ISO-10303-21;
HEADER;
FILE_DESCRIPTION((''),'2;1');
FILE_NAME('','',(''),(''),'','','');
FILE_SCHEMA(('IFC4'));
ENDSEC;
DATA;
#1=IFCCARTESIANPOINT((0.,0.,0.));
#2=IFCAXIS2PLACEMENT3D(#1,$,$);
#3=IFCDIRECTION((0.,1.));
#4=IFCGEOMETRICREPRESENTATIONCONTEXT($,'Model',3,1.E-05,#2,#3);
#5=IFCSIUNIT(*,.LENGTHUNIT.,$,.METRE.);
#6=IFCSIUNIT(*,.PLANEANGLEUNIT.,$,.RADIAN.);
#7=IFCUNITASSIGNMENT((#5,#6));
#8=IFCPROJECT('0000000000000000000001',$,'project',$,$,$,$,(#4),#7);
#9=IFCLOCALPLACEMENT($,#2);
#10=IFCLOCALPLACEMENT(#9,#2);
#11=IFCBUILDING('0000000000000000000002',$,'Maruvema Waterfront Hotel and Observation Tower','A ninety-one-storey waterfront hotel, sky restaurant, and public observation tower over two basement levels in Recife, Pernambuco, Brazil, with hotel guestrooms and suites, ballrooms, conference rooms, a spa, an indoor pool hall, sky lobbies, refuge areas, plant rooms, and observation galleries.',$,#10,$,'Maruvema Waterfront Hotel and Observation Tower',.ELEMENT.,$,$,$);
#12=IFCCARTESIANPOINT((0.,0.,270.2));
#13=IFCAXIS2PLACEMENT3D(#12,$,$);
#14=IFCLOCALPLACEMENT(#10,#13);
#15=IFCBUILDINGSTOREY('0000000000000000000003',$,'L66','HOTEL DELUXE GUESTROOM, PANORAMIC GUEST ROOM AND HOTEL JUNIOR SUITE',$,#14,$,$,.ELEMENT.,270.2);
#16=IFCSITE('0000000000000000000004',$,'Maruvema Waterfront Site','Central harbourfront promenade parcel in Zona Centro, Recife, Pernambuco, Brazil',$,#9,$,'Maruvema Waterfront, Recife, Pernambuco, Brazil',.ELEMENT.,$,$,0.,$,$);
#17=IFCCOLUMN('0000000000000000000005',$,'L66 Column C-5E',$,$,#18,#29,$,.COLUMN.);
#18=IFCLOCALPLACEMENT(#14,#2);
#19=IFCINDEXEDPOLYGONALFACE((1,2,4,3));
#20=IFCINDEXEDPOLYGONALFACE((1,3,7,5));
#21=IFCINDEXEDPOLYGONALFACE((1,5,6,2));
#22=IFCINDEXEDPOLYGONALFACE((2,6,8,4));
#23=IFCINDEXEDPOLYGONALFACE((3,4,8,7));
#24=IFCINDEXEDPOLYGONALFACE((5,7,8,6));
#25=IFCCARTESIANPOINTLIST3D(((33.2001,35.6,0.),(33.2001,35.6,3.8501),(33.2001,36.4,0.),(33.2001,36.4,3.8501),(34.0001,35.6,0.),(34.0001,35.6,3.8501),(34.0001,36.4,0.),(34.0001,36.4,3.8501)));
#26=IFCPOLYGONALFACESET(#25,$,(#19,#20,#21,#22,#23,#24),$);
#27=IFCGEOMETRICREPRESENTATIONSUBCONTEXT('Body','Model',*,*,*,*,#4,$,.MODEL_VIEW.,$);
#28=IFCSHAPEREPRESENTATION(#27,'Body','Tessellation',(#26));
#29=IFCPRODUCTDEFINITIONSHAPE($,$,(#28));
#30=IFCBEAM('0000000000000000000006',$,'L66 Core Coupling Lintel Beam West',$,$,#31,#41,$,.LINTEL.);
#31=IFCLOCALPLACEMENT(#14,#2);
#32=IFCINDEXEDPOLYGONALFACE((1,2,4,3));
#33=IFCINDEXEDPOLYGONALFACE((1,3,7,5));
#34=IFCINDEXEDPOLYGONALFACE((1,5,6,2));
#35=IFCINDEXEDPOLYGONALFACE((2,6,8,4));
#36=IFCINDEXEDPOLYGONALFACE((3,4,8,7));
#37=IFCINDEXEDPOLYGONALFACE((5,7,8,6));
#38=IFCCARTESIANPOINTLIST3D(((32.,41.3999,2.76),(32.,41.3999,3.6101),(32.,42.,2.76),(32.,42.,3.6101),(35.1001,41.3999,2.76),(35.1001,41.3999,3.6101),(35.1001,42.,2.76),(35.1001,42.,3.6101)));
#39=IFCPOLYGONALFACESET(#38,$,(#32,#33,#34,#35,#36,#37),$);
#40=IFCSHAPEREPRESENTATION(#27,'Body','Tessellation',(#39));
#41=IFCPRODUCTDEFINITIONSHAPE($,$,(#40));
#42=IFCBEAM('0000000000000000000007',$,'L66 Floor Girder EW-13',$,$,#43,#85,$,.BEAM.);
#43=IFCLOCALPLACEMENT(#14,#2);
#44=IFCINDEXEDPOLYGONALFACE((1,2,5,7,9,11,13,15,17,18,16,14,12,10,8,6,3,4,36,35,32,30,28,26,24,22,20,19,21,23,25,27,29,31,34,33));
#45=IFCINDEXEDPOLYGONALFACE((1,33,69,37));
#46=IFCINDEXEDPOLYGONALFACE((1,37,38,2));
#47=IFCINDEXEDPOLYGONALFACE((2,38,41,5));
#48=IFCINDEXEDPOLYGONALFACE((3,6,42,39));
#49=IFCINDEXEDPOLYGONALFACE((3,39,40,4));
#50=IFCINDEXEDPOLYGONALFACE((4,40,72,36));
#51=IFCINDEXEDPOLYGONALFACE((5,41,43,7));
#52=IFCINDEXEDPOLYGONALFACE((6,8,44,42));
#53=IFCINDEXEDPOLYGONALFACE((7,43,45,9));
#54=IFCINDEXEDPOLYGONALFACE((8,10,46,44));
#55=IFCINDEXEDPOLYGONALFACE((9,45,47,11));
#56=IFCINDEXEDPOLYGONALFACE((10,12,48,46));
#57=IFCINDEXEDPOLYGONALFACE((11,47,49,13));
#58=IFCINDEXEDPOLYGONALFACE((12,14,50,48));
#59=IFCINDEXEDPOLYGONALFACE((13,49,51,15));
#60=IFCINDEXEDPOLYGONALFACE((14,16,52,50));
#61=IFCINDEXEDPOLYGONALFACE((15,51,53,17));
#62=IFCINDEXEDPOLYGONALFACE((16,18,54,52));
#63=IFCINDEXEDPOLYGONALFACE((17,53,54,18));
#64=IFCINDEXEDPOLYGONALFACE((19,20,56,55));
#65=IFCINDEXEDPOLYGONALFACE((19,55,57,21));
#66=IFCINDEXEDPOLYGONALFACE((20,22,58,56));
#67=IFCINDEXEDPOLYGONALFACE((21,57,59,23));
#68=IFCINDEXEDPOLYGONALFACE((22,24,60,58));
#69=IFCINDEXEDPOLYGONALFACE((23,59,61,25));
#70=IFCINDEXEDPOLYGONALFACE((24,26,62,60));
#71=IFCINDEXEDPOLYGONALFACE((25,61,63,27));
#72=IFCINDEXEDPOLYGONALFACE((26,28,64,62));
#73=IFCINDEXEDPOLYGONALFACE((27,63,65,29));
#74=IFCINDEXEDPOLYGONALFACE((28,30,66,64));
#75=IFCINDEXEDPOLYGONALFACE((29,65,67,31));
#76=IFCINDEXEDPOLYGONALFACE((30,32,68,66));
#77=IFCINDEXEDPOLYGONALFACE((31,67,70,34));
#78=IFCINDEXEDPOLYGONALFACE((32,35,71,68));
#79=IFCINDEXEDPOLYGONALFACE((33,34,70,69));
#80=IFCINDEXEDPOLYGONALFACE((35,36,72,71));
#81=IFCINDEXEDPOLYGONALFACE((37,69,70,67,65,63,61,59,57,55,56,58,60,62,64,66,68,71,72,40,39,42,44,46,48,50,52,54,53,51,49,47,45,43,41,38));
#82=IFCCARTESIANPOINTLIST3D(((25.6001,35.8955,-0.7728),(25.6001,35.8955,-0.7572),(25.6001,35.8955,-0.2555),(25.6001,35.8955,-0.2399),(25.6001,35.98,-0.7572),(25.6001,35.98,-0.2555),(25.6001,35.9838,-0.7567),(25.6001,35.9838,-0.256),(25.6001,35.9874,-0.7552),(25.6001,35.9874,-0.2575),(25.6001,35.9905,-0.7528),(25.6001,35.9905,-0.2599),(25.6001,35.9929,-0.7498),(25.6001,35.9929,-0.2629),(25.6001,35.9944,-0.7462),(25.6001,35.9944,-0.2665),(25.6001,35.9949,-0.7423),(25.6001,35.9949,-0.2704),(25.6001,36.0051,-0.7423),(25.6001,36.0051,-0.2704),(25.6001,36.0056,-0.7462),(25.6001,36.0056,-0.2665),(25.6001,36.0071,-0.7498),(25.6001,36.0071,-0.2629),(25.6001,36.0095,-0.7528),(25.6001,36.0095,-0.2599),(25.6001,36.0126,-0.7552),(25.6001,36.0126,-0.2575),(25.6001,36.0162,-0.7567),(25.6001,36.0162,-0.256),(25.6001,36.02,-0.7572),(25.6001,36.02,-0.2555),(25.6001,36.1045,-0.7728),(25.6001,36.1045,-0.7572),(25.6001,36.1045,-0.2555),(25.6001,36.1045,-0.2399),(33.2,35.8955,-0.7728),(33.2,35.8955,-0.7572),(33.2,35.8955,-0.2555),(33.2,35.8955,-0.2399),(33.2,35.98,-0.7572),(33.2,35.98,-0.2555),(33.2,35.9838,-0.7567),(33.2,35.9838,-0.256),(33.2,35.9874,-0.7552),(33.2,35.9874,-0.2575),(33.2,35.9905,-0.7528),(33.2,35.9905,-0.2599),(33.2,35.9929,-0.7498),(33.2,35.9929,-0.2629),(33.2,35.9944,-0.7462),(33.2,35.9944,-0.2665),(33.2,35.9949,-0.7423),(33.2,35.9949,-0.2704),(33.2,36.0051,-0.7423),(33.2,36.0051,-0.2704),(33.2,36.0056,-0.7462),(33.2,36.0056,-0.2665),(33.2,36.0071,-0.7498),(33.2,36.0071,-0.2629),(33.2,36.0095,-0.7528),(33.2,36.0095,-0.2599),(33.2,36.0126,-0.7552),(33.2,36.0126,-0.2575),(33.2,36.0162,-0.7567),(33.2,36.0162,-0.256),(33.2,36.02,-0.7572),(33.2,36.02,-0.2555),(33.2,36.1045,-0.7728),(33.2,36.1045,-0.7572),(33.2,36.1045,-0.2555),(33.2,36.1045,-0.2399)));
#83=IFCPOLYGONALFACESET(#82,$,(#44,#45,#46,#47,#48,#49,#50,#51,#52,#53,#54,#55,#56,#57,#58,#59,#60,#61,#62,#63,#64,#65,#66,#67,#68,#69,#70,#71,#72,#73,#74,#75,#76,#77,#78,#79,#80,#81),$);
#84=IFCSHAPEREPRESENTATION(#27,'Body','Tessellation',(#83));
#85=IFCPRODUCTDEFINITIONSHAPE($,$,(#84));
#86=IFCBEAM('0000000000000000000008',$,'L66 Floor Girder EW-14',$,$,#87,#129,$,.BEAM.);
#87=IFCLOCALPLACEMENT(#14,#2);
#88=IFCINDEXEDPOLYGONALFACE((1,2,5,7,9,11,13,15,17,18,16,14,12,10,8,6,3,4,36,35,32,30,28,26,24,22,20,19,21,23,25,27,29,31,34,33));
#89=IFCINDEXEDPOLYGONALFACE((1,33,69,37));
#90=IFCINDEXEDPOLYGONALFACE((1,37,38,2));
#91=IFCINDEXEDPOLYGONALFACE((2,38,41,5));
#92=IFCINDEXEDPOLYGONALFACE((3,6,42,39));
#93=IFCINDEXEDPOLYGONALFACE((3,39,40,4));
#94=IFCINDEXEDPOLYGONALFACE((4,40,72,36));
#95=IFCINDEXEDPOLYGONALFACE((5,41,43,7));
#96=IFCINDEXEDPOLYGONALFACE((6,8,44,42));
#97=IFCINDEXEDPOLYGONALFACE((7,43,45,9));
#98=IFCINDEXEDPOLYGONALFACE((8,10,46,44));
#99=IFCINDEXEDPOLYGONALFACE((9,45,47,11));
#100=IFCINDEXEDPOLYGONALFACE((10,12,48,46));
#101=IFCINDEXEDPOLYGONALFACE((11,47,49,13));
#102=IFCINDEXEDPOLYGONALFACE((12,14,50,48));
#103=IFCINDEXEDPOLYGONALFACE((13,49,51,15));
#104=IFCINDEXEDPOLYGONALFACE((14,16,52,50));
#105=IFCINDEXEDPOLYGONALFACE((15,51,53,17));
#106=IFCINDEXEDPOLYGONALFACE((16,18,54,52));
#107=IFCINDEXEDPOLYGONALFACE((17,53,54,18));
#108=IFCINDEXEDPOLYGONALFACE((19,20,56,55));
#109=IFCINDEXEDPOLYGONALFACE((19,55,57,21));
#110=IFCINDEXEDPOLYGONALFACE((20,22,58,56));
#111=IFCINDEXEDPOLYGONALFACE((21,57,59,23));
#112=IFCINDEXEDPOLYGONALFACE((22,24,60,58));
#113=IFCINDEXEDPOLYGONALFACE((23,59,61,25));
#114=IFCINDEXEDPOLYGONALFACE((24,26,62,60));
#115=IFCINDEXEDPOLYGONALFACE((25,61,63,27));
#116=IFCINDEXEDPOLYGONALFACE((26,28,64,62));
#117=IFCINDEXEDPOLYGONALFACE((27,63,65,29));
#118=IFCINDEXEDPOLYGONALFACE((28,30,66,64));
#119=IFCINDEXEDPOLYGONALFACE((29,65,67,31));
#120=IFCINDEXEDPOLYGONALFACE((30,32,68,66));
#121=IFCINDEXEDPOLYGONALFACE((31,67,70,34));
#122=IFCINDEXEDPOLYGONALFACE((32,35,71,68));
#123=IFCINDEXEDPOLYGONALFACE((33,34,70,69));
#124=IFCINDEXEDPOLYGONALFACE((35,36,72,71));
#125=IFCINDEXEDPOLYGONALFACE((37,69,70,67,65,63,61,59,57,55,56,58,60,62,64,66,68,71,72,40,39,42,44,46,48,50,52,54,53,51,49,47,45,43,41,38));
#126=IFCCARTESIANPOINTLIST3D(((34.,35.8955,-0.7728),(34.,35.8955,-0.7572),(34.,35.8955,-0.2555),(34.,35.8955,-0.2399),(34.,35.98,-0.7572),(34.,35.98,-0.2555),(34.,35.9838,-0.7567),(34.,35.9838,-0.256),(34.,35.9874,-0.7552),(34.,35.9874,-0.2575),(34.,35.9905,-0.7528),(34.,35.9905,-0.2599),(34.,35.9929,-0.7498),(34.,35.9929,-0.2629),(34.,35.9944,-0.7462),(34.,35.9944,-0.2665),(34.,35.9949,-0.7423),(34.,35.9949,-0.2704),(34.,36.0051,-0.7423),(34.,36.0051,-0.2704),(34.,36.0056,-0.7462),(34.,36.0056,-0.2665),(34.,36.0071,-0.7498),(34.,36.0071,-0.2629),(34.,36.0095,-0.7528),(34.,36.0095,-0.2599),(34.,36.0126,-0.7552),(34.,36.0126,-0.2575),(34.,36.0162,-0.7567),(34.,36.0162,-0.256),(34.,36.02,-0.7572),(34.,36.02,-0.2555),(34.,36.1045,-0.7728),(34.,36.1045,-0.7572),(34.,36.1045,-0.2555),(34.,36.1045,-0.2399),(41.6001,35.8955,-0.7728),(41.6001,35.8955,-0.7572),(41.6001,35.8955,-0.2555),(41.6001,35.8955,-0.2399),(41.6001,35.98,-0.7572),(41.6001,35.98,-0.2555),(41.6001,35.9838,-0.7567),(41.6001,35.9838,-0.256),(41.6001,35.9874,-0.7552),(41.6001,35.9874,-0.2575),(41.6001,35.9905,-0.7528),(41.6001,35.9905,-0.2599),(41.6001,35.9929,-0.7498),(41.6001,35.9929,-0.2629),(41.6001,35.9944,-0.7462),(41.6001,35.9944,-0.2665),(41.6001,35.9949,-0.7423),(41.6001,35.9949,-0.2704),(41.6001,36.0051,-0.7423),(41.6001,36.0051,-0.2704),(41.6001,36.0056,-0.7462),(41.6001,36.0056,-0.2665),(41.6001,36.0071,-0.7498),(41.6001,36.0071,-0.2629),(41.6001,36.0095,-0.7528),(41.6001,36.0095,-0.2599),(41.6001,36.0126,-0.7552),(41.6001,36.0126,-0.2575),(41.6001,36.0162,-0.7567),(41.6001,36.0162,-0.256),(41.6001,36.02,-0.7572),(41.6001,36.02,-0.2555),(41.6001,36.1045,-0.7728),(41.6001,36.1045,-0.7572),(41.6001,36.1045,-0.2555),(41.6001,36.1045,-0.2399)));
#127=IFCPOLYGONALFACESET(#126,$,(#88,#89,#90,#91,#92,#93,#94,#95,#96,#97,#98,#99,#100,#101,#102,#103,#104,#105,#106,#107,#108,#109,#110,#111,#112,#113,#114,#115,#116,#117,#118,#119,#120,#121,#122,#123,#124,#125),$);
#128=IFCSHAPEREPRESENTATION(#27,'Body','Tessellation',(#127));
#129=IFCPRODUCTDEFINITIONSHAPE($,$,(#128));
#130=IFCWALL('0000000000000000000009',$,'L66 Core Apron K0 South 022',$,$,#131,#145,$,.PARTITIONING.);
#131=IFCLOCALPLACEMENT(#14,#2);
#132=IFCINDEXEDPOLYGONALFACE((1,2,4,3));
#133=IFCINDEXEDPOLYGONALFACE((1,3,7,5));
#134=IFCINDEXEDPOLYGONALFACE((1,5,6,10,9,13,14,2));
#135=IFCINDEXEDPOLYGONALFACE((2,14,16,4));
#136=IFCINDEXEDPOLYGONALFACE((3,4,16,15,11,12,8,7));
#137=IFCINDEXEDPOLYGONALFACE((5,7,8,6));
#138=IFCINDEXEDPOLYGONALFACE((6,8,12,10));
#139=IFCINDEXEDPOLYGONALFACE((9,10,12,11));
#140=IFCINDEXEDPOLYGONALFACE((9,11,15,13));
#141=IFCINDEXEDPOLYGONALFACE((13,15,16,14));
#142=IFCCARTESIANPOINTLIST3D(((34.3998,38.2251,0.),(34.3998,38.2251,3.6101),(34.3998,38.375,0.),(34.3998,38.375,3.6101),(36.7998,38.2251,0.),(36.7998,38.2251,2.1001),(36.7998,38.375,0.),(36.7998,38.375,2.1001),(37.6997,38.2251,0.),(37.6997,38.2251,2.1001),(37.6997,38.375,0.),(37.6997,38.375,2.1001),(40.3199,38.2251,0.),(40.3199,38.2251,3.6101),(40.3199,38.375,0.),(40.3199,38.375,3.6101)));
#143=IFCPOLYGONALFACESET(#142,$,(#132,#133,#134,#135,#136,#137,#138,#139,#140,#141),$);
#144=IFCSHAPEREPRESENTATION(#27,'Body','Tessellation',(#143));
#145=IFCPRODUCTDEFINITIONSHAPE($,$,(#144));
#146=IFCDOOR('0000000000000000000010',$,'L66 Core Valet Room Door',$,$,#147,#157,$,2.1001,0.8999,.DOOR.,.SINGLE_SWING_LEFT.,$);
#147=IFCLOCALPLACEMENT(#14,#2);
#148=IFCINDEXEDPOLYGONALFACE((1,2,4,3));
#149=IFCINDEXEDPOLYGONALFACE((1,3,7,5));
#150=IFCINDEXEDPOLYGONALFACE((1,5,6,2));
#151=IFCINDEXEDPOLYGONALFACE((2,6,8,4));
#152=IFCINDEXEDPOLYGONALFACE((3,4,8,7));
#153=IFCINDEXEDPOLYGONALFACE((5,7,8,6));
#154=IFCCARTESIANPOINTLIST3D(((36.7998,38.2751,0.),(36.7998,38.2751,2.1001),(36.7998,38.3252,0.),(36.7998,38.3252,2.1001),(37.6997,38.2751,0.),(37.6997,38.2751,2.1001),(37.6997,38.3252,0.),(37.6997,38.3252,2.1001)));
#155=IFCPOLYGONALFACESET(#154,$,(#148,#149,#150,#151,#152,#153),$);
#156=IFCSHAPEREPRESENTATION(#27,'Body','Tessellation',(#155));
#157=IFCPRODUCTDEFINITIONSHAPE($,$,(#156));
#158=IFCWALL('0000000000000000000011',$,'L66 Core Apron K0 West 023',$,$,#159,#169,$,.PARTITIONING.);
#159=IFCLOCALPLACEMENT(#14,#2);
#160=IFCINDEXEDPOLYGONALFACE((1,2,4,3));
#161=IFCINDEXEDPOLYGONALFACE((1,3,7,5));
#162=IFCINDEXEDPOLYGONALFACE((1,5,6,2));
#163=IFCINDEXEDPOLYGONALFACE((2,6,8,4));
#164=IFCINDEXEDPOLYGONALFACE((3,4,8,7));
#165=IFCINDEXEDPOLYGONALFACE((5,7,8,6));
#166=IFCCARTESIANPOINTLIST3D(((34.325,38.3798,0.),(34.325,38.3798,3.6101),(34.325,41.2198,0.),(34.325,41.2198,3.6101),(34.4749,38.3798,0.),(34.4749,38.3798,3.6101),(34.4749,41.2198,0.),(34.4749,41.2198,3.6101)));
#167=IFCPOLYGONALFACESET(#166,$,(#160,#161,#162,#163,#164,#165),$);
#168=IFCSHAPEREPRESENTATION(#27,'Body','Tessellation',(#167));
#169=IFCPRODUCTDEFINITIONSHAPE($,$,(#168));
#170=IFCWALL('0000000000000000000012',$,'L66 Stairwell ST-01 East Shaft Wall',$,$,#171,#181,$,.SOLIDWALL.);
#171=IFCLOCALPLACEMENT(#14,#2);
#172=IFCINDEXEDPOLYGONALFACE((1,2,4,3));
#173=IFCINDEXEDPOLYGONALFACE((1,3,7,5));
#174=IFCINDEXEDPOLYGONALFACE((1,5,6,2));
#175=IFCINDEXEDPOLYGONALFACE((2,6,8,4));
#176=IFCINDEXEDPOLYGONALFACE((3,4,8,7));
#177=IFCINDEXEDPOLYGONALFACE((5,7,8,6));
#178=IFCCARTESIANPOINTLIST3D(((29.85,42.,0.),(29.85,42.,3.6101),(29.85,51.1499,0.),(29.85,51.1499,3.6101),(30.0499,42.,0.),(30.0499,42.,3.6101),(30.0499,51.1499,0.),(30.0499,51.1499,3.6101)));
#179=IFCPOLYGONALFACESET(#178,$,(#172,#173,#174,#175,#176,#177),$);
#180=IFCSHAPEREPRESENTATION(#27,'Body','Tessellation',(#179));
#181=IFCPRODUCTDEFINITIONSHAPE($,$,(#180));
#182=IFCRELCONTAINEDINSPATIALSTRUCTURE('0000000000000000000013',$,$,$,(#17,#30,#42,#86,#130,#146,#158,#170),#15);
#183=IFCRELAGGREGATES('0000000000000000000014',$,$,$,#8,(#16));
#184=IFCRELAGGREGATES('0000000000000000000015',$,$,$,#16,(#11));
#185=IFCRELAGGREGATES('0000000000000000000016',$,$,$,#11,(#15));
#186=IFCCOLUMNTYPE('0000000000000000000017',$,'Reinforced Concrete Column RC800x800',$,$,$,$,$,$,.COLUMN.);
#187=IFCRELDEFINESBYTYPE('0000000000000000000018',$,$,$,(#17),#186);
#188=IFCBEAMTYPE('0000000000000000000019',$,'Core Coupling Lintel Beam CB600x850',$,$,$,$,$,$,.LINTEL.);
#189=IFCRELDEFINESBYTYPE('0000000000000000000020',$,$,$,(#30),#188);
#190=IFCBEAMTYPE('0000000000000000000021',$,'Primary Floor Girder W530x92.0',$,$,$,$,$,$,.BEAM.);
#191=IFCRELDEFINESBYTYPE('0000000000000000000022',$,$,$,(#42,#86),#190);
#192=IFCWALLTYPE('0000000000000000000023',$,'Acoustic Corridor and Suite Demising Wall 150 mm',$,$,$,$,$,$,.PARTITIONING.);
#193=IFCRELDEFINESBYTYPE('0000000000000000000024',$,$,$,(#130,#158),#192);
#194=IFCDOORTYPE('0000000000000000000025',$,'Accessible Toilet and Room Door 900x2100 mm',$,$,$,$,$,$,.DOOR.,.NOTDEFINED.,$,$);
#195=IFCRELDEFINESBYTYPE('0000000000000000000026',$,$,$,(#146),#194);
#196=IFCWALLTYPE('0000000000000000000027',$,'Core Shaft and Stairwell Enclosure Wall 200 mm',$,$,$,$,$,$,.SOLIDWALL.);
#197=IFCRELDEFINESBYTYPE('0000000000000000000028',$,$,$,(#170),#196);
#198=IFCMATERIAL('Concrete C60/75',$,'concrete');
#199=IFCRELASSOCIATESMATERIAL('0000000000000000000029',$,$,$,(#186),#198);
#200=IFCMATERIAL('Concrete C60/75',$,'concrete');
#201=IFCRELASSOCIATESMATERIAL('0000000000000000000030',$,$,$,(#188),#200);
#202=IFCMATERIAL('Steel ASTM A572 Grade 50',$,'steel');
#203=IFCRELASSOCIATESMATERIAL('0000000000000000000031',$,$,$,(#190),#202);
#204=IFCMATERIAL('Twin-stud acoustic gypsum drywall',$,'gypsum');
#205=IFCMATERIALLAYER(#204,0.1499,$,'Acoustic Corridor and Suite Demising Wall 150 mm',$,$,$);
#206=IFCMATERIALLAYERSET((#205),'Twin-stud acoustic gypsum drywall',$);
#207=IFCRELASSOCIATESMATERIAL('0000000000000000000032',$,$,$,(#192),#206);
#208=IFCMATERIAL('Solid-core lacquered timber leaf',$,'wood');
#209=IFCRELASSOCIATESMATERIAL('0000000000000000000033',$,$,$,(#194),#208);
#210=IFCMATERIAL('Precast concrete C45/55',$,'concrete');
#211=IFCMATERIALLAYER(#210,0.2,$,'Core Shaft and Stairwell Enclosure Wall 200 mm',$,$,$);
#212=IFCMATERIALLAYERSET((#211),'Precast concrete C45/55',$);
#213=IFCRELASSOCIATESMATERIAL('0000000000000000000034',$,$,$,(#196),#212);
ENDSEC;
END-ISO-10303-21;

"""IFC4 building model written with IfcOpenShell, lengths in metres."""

from ifc_helpers import new_model, si_unit, direction, frame, frame_2d, origin, origin_2d, place, context, subcontext, project, spatial, rectangle, i_section, extrude, material, layer, layer_set, material_profile, profile_set, type_object, element, fill, save


model = new_model("IFC4")

# Units and contexts
model_context = context("Model", 3, precision=1e-05, world=origin(), true_north=direction((0.0, 1.0)))
body_context = subcontext(model_context, "Body", "Model", "MODEL_VIEW")
ifc_project = project(units=[si_unit("LENGTHUNIT", "METRE"), si_unit("PLANEANGLEUNIT", "RADIAN")], contexts=[model_context])

# Site, building, storey
site_placement = place(None, origin())
site = spatial("IfcSite", under=ifc_project, at=site_placement, Name="Maruvema Waterfront Site", Description="Central harbourfront promenade parcel in Zona Centro, Recife, Pernambuco, Brazil", LongName="Maruvema Waterfront, Recife, Pernambuco, Brazil", CompositionType="ELEMENT", RefElevation=0.0)
building_placement = place(site_placement, origin())
building = spatial("IfcBuilding", under=site, at=building_placement, Name="Maruvema Waterfront Hotel and Observation Tower", Description="A ninety-one-storey waterfront hotel, sky restaurant, and public observation tower over two basement levels in Recife, Pernambuco, Brazil, with hotel guestrooms and suites, ballrooms, conference rooms, a spa, an indoor pool hall, sky lobbies, refuge areas, plant rooms, and observation galleries.", LongName="Maruvema Waterfront Hotel and Observation Tower", CompositionType="ELEMENT")
storey_placement = place(building_placement, frame((0.0, 0.0, 270.2)))
storey = spatial("IfcBuildingStorey", under=building, at=storey_placement, Name="L66", Description="HOTEL DELUXE GUESTROOM, PANORAMIC GUEST ROOM AND HOTEL JUNIOR SUITE", CompositionType="ELEMENT", Elevation=270.2)

# Column
ifc_material_1 = material(Name="Concrete C60/75", Category="concrete")
ifc_material_profile_1 = material_profile(ifc_material_1, rectangle(XDim=0.8, YDim=0.8, at=origin_2d()), Name="RC800x800")
ifc_profile_set_1 = profile_set([ifc_material_profile_1], Name="Concrete C60/75")
column_type = type_object("IfcColumnType", Name="Reinforced Concrete Column RC800x800", PredefinedType="COLUMN", material=ifc_profile_set_1)
column_placement = place(storey_placement, frame((33.6001, 36.0, 0.0), z_axis=(0.0, 0.0, 1.0), x_axis=(1.0, 0.0, 0.0)))
element("IfcColumn", 1, at=column_placement, inside=storey, type_object=column_type, Name="L66 Column C-5E", PredefinedType="COLUMN", context=body_context, shape_type="SweptSolid", body=[
    extrude(rectangle(XDim=0.8, YDim=0.8, at=origin_2d()), origin(), (0.0, 0.0, 1.0), 3.8501),
])

# Beams
ifc_material_2 = material(Name="Concrete C60/75", Category="concrete")
ifc_material_profile_2 = material_profile(ifc_material_2, rectangle(XDim=0.6001, YDim=0.8501, at=origin_2d()), Name="CB600x850")
ifc_profile_set_2 = profile_set([ifc_material_profile_2], Name="Concrete C60/75")
beam_type_1 = type_object("IfcBeamType", Name="Core Coupling Lintel Beam CB600x850", PredefinedType="LINTEL", material=ifc_profile_set_2)
beam_1_placement = place(storey_placement, frame((32.0, 41.7, 3.1851), z_axis=(1.0, 0.0, 0.0), x_axis=(0.0, 1.0, 0.0)))
element("IfcBeam", 2, at=beam_1_placement, inside=storey, type_object=beam_type_1, Name="L66 Core Coupling Lintel Beam West", PredefinedType="LINTEL", context=body_context, shape_type="SweptSolid", body=[
    extrude(rectangle(XDim=0.6001, YDim=0.8501, at=origin_2d()), origin(), (0.0, 0.0, 1.0), 3.1001),
])
ifc_material_3 = material(Name="Steel ASTM A572 Grade 50", Category="steel")
ifc_material_profile_3 = material_profile(ifc_material_3, i_section(OverallWidth=0.209, OverallDepth=0.533, WebThickness=0.0103, FlangeThickness=0.0156, FilletRadius=0.0149, at=origin_2d()), Name="W530x92.0")
ifc_profile_set_3 = profile_set([ifc_material_profile_3], Name="Steel ASTM A572 Grade 50")
beam_type_2 = type_object("IfcBeamType", Name="Primary Floor Girder W530x92.0", PredefinedType="BEAM", material=ifc_profile_set_3)
beam_2_placement = place(storey_placement, frame((25.6001, 36.0, -0.5063), z_axis=(1.0, 0.0, 0.0), x_axis=(0.0, 1.0, 0.0)))
element("IfcBeam", 3, at=beam_2_placement, inside=storey, type_object=beam_type_2, Name="L66 Floor Girder EW-13", PredefinedType="BEAM", context=body_context, shape_type="SweptSolid", body=[
    extrude(i_section(OverallWidth=0.209, OverallDepth=0.533, WebThickness=0.0103, FlangeThickness=0.0156, FilletRadius=0.0149, at=origin_2d()), origin(), (0.0, 0.0, 1.0), 7.5999),
])
beam_3_placement = place(storey_placement, frame((34.0, 36.0, -0.5063), z_axis=(1.0, 0.0, 0.0), x_axis=(0.0, 1.0, 0.0)))
element("IfcBeam", 4, at=beam_3_placement, inside=storey, type_object=beam_type_2, Name="L66 Floor Girder EW-14", PredefinedType="BEAM", context=body_context, shape_type="SweptSolid", body=[
    extrude(i_section(OverallWidth=0.209, OverallDepth=0.533, WebThickness=0.0103, FlangeThickness=0.0156, FilletRadius=0.0149, at=origin_2d()), origin(), (0.0, 0.0, 1.0), 7.6001),
])

# Wall, opening, door
ifc_material_4 = material(Name="Twin-stud acoustic gypsum drywall", Category="gypsum")
ifc_layer_1 = layer(ifc_material_4, 0.1499, Name="Acoustic Corridor and Suite Demising Wall 150 mm")
ifc_layer_set_1 = layer_set([ifc_layer_1], Name="Twin-stud acoustic gypsum drywall")
wall_type_1 = type_object("IfcWallType", Name="Acoustic Corridor and Suite Demising Wall 150 mm", PredefinedType="PARTITIONING", material=ifc_layer_set_1)
wall_1_placement = place(storey_placement, frame((34.3999, 38.3, 0.0), z_axis=(0.0, 0.0, 1.0), x_axis=(1.0, 0.0, 0.0)))
wall_1 = element("IfcWall", 5, at=wall_1_placement, inside=storey, type_object=wall_type_1, Name="L66 Core Apron K0 South 022", PredefinedType="PARTITIONING", context=body_context, shape_type="SweptSolid", body=[
    extrude(rectangle(XDim=5.9202, YDim=0.1499, at=frame_2d((2.96, 0.0))), origin(), (0.0, 0.0, 1.0), 3.6101),
])
opening_1_placement = place(wall_1_placement, frame((2.3999, 0.0, 0.0)))
opening_1 = element("IfcOpeningElement", 6, at=opening_1_placement, cuts=wall_1, PredefinedType="OPENING", context=body_context, shape_type="SweptSolid", body=[
    extrude(rectangle(XDim=0.8999, YDim=2.1001, at=frame_2d((0.45, 1.05))), frame((0.0, 0.085, 0.0), z_axis=(0.0, -1.0, 0.0), x_axis=(1.0, 0.0, 0.0)), (0.0, 0.0, 1.0), 0.1699),
])
ifc_material_5 = material(Name="Solid-core lacquered timber leaf", Category="wood")
door_type_1 = type_object("IfcDoorType", Name="Accessible Toilet and Room Door 900x2100 mm", OperationType="NOTDEFINED", PredefinedType="DOOR", material=ifc_material_5)
door_1_placement = place(opening_1_placement, frame((0.8999, 0.0, 0.0), z_axis=(0.0, 0.0, 1.0), x_axis=(-1.0, 0.0, 0.0)))
door_1 = element("IfcDoor", 7, at=door_1_placement, inside=storey, type_object=door_type_1, Name="L66 Core Valet Room Door", OperationType="SINGLE_SWING_LEFT", OverallHeight=2.1001, OverallWidth=0.8999, PredefinedType="DOOR", context=body_context, shape_type="SweptSolid", body=[
    extrude(rectangle(XDim=0.8999, YDim=2.1001, at=frame_2d((0.45, 1.05))), frame((0.0, 0.0249, 0.0), z_axis=(0.0, -1.0, 0.0), x_axis=(1.0, 0.0, 0.0)), (0.0, 0.0, 1.0), 0.05),
])
fill(opening_1, door_1)

# Walls
wall_2_placement = place(storey_placement, frame((34.3999, 38.3799, 0.0), z_axis=(0.0, 0.0, 1.0), x_axis=(0.0, 1.0, 0.0)))
element("IfcWall", 8, at=wall_2_placement, inside=storey, type_object=wall_type_1, Name="L66 Core Apron K0 West 023", PredefinedType="PARTITIONING", context=body_context, shape_type="SweptSolid", body=[
    extrude(rectangle(XDim=2.8401, YDim=0.1499, at=frame_2d((1.4199, 0.0))), origin(), (0.0, 0.0, 1.0), 3.6101),
])
ifc_material_6 = material(Name="Precast concrete C45/55", Category="concrete")
ifc_layer_2 = layer(ifc_material_6, 0.2, Name="Core Shaft and Stairwell Enclosure Wall 200 mm")
ifc_layer_set_2 = layer_set([ifc_layer_2], Name="Precast concrete C45/55")
wall_type_2 = type_object("IfcWallType", Name="Core Shaft and Stairwell Enclosure Wall 200 mm", PredefinedType="SOLIDWALL", material=ifc_layer_set_2)
wall_3_placement = place(storey_placement, frame((29.95, 42.0, 0.0), z_axis=(0.0, 0.0, 1.0), x_axis=(0.0, 1.0, 0.0)))
element("IfcWall", 9, at=wall_3_placement, inside=storey, type_object=wall_type_2, Name="L66 Stairwell ST-01 East Shaft Wall", PredefinedType="SOLIDWALL", context=body_context, shape_type="SweptSolid", body=[
    extrude(rectangle(XDim=9.1499, YDim=0.2, at=frame_2d((4.575, 0.0))), origin(), (0.0, 0.0, 1.0), 3.6101),
])

save(model, "model.ifc")
